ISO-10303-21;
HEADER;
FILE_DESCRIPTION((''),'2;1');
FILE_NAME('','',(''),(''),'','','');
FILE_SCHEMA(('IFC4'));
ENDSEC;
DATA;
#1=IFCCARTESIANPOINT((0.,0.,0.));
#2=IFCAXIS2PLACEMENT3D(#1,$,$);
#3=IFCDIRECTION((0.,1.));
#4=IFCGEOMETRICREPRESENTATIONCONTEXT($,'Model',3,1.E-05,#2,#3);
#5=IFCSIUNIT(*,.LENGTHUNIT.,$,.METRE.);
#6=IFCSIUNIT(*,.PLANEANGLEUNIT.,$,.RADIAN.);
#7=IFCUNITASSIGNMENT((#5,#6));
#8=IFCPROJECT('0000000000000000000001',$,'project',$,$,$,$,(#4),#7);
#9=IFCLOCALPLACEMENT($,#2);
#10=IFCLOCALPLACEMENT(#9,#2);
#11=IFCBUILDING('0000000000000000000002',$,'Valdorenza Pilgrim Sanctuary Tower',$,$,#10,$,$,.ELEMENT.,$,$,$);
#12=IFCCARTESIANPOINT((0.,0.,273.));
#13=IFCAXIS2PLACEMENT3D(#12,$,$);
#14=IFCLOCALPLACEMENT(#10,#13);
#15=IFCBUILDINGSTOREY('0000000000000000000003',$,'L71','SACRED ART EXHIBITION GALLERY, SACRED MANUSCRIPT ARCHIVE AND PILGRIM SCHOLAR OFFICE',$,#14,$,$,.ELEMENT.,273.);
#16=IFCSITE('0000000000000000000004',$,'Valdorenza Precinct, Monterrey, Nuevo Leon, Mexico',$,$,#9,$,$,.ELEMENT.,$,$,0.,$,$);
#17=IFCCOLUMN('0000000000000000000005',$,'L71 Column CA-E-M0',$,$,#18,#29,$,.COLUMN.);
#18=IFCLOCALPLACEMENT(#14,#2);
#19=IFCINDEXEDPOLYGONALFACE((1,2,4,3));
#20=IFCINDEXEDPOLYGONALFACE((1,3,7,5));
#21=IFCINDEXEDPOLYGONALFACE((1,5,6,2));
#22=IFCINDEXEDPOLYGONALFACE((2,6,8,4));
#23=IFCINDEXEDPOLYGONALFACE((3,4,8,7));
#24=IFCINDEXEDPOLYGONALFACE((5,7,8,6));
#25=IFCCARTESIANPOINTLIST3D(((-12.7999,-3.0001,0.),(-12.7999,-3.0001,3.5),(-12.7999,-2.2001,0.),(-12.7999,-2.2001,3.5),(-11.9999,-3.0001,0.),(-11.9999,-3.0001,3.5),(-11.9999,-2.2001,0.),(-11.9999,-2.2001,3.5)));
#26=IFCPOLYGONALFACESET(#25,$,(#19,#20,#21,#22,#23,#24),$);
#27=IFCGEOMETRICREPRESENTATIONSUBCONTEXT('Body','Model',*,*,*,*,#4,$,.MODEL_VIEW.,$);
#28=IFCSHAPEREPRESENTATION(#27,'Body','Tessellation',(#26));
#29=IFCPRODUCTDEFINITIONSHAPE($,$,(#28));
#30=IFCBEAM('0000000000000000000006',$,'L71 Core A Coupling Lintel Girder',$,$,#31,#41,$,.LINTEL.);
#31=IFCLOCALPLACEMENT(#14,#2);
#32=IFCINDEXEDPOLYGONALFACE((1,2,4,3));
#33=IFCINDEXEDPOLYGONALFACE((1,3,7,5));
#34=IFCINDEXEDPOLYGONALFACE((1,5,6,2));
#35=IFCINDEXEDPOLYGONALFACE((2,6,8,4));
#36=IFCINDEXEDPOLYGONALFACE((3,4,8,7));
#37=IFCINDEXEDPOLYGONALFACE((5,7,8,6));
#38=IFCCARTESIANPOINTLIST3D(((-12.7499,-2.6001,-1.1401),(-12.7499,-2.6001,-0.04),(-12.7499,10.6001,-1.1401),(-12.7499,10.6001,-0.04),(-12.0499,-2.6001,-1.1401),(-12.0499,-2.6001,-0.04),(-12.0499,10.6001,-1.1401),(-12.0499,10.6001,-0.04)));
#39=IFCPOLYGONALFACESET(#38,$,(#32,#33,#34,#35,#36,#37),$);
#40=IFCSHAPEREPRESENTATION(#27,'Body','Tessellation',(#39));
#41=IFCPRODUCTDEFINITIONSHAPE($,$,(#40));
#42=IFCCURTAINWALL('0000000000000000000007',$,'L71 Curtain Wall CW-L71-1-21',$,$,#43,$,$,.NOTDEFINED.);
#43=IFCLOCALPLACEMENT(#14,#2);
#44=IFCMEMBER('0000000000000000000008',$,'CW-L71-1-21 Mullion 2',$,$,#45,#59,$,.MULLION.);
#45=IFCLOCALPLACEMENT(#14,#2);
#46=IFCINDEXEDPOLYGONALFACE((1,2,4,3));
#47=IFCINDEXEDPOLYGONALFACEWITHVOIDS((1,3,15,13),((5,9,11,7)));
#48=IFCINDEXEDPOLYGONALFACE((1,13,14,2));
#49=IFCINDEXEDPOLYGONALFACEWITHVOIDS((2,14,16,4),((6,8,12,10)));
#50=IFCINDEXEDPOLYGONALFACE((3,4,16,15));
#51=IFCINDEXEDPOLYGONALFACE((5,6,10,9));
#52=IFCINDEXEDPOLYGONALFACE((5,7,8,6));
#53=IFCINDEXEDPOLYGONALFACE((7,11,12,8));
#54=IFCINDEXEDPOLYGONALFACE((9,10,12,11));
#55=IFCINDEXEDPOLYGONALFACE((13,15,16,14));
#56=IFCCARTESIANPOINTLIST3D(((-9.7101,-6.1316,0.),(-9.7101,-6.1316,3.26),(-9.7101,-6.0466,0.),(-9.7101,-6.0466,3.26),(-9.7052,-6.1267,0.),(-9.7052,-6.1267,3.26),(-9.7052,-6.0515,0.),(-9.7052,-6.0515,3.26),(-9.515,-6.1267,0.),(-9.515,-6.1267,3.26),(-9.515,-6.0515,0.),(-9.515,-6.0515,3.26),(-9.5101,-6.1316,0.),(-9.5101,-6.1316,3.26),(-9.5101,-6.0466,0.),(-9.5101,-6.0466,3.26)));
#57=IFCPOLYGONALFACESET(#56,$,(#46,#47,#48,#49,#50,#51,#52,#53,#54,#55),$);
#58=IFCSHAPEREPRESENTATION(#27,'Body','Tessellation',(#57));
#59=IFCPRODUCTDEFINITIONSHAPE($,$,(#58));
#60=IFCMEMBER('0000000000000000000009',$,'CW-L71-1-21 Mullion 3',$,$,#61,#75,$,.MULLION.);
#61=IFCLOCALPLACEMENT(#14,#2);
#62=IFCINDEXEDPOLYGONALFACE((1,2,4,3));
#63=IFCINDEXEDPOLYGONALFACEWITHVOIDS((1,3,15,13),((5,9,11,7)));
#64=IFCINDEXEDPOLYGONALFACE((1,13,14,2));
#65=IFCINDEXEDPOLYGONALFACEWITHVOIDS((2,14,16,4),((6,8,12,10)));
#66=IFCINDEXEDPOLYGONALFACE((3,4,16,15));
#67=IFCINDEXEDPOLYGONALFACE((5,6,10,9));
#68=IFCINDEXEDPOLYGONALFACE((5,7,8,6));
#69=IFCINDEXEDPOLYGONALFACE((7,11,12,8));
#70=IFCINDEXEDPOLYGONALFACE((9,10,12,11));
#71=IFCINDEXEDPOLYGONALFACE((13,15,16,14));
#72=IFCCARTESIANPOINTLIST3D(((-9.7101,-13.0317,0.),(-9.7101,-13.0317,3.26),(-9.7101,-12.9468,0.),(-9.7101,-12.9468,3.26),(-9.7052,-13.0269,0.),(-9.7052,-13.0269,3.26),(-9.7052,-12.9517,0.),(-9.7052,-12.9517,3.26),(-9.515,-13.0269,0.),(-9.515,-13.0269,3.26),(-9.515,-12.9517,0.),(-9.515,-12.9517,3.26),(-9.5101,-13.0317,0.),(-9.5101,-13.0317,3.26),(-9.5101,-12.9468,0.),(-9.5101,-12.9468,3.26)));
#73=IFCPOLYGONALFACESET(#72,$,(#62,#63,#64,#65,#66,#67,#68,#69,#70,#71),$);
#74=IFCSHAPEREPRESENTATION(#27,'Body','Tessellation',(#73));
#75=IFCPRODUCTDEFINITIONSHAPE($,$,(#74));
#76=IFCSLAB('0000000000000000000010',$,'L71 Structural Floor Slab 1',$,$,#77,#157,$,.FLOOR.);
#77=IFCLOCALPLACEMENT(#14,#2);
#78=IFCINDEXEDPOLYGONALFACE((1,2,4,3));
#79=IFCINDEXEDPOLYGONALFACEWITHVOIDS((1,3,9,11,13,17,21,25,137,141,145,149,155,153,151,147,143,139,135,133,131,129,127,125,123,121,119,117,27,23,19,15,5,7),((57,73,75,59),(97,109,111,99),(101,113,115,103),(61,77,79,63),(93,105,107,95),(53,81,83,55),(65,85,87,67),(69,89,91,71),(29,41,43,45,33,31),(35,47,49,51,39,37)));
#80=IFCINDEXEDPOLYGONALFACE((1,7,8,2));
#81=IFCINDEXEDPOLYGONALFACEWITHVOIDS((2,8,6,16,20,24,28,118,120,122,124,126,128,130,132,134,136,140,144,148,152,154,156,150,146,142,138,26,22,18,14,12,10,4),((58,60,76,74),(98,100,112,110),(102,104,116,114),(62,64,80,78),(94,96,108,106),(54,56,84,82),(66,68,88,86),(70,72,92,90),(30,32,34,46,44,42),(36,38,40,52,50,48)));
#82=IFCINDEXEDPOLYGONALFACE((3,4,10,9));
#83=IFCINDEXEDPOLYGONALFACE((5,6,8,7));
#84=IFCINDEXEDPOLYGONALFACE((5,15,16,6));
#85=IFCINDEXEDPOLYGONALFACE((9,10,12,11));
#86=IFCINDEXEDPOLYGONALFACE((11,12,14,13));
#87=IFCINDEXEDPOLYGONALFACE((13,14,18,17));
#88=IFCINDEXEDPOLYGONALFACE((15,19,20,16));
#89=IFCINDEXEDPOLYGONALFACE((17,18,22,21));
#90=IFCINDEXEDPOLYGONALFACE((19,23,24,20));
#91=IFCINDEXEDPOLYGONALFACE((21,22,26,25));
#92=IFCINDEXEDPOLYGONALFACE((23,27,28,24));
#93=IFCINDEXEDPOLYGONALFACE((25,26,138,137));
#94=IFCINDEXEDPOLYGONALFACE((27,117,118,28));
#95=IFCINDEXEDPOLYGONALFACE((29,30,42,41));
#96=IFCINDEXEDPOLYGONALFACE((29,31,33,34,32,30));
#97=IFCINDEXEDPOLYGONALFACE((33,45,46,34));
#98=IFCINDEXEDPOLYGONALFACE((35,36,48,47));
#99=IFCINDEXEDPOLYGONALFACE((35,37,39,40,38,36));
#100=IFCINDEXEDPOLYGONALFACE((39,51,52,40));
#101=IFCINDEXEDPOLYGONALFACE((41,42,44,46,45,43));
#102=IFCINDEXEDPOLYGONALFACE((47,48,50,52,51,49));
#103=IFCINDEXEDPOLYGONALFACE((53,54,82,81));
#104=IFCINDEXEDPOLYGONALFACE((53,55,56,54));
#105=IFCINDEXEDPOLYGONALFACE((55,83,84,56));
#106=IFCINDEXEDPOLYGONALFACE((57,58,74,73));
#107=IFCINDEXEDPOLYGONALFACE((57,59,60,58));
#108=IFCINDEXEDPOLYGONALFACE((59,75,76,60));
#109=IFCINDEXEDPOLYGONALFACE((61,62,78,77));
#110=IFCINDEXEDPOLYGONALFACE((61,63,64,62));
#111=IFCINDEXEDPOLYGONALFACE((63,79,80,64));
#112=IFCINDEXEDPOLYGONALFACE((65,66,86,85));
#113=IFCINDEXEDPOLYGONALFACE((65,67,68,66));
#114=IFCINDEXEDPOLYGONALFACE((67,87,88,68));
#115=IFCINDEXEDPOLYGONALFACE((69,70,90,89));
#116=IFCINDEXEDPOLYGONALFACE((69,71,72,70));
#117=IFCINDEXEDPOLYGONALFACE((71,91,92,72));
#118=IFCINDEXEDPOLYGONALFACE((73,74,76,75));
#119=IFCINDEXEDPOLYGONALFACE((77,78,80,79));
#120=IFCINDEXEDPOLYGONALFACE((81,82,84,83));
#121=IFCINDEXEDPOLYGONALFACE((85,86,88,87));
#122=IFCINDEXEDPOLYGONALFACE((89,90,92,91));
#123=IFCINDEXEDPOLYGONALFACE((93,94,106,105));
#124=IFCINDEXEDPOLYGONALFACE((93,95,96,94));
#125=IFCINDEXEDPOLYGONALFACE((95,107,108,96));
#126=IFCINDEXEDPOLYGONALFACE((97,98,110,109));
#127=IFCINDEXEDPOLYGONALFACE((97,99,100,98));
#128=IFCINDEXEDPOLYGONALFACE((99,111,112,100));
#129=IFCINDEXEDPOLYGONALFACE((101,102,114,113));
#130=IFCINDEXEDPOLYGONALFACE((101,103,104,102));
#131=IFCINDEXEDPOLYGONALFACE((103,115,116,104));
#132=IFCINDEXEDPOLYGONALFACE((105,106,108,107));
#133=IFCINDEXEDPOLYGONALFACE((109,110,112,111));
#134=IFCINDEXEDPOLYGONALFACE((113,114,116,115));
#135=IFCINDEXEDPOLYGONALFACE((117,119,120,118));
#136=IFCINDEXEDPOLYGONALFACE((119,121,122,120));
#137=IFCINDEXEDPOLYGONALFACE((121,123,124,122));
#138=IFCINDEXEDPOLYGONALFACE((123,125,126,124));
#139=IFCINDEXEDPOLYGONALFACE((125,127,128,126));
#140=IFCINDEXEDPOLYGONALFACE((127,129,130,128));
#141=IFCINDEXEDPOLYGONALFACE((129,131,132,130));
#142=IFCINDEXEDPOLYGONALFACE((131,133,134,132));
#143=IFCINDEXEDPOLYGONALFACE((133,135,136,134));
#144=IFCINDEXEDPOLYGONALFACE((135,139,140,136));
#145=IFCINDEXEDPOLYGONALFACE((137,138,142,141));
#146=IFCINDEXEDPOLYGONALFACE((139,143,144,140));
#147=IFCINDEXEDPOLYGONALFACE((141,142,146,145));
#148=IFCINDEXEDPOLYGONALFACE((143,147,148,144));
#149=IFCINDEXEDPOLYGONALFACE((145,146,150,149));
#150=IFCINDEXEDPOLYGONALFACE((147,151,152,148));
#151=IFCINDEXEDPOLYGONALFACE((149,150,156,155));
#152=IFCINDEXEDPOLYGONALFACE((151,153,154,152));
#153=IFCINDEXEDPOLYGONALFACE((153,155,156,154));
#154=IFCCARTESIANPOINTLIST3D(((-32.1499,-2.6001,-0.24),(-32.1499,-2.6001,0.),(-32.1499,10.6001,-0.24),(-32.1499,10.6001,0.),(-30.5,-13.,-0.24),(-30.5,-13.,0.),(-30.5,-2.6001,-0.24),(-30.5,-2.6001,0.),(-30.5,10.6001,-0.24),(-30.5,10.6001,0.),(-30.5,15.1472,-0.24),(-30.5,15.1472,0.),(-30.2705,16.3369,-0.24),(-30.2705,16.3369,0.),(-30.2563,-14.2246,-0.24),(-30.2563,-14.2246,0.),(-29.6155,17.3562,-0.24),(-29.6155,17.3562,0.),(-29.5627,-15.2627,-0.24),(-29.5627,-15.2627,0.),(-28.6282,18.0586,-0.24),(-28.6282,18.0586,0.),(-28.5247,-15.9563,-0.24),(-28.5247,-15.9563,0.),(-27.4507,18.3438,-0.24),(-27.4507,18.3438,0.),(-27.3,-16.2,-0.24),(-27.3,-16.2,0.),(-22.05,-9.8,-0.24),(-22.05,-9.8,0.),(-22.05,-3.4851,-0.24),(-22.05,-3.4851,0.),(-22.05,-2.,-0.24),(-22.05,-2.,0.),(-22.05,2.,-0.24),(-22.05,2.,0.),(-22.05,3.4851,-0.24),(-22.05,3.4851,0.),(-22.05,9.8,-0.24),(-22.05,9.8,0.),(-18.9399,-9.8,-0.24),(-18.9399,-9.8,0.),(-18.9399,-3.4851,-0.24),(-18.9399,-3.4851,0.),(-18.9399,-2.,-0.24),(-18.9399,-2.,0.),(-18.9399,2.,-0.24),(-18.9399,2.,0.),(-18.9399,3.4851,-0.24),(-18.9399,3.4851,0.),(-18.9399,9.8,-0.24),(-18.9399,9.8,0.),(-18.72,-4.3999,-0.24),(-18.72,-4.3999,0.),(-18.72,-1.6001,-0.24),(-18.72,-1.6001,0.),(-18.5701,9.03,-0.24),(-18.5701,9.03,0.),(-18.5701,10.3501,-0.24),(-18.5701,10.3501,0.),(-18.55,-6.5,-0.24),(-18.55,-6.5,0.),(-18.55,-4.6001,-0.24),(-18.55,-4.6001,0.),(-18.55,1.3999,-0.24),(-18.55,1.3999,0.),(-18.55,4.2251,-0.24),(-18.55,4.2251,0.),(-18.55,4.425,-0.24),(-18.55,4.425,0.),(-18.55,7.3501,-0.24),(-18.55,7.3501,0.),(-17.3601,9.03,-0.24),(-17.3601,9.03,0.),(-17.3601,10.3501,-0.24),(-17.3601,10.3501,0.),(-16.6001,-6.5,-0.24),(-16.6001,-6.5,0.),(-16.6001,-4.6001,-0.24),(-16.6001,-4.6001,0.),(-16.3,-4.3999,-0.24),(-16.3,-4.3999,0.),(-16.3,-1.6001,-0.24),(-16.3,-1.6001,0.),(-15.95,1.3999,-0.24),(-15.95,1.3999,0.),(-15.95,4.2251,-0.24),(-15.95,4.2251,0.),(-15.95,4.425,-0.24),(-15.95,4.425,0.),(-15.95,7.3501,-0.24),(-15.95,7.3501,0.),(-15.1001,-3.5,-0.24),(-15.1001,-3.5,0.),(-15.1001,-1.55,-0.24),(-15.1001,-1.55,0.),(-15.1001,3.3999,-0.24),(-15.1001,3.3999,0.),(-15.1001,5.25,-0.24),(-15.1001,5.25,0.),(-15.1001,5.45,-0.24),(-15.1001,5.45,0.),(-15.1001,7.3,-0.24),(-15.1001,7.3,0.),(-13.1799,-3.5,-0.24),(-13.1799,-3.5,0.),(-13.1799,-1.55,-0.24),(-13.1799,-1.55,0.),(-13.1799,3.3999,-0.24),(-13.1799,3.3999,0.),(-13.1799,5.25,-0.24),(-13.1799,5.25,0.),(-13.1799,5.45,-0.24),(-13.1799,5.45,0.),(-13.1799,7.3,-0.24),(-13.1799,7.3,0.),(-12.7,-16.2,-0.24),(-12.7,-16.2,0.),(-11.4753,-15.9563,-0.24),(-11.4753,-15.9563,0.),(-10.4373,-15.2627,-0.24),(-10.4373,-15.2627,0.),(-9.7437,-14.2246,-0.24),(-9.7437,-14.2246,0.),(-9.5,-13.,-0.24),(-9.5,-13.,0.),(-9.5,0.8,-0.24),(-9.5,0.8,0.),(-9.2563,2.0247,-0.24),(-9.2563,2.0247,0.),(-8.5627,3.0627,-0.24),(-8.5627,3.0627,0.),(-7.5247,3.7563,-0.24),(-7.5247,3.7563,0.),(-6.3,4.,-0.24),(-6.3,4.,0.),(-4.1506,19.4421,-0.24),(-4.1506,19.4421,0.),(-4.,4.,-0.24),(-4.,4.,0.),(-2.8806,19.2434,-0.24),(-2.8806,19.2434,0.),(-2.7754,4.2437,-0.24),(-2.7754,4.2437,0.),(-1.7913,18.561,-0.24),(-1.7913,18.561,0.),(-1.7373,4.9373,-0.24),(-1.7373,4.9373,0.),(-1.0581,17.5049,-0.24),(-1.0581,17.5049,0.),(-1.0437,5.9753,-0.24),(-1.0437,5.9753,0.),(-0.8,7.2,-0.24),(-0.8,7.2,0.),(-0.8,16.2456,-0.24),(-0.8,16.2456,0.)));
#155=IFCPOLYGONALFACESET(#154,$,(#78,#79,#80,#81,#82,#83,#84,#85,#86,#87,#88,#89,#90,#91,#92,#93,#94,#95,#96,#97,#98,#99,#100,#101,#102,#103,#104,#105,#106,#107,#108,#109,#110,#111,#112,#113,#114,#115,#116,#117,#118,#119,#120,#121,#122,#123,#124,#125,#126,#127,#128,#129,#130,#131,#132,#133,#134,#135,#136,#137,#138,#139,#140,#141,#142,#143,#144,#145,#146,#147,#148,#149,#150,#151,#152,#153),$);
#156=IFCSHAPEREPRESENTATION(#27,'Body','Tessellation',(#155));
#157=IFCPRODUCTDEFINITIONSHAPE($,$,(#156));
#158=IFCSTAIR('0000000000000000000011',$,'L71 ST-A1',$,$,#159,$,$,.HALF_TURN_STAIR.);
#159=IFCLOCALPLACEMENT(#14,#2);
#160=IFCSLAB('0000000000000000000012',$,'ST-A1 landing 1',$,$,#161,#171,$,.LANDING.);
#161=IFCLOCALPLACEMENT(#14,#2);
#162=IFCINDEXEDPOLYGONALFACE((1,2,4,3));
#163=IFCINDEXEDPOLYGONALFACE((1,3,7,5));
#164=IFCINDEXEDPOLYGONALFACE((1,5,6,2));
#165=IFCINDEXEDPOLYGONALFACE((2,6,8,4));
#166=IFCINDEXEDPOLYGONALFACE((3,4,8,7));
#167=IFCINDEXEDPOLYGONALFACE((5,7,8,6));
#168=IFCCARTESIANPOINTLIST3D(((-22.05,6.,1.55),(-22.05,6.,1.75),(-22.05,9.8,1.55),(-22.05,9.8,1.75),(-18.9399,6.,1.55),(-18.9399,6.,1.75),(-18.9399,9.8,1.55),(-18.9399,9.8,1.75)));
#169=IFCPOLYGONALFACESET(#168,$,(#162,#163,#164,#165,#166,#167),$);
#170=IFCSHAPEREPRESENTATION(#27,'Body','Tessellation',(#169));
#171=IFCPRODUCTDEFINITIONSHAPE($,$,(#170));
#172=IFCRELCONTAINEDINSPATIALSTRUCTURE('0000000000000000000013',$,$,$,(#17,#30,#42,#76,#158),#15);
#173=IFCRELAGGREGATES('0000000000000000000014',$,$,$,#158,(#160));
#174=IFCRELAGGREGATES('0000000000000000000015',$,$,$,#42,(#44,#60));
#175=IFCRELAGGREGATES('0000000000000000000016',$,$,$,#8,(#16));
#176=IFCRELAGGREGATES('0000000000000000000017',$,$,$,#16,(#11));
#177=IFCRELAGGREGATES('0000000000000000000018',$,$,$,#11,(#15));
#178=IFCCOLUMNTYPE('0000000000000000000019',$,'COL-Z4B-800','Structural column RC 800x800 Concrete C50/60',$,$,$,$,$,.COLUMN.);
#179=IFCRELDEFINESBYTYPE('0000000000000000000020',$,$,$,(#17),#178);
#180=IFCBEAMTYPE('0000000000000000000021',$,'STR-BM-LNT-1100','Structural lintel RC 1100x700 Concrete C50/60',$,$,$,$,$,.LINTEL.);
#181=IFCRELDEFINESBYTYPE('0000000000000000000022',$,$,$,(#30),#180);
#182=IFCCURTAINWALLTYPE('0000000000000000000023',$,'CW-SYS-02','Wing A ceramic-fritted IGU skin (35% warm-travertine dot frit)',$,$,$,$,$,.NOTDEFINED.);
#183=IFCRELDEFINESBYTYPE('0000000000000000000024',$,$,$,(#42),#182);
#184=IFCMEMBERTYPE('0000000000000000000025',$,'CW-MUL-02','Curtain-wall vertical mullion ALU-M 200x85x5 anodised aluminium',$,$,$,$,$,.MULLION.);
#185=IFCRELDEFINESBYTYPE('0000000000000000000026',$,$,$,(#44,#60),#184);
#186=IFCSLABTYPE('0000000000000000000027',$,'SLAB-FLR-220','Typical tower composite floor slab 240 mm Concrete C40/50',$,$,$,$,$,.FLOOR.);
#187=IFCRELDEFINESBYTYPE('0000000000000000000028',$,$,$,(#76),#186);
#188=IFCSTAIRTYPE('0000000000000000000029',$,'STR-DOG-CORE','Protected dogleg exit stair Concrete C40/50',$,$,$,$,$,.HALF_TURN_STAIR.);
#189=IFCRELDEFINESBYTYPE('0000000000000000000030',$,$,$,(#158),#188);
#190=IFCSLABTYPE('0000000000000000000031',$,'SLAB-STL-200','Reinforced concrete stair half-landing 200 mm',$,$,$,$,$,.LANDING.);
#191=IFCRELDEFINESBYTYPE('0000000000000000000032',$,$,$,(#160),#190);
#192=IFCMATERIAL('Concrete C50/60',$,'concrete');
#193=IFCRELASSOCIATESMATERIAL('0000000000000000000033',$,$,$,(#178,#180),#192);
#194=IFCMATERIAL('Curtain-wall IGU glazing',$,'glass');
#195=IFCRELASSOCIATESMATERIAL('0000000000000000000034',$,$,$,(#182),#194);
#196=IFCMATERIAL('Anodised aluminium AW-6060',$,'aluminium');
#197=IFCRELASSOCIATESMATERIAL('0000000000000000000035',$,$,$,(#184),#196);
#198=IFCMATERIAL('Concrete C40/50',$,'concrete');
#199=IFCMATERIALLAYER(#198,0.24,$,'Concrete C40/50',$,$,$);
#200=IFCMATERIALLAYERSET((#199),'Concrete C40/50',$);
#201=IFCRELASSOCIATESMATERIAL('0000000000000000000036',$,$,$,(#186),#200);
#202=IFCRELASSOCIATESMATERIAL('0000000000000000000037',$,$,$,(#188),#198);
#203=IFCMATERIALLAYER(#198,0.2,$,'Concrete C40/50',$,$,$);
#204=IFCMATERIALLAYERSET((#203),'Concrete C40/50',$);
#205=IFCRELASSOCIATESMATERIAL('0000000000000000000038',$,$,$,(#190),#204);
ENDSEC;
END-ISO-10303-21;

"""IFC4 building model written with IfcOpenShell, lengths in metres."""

from ifc_helpers import new_model, si_unit, direction, frame, origin, origin_2d, place, context, subcontext, project, spatial, polyline, rectangle, hollow_rectangle, outline, extrude, source, transform, mapped, material, layer, layer_set, material_profile, profile_set, type_object, element, aggregate, save


model = new_model("IFC4")

# Units and contexts
model_context = context("Model", 3, precision=1e-05, world=origin(), true_north=direction((0.0, 1.0)))
body_context = subcontext(model_context, "Body", "Model", "MODEL_VIEW")
ifc_project = project(units=[si_unit("LENGTHUNIT", "METRE"), si_unit("PLANEANGLEUNIT", "RADIAN")], contexts=[model_context])

# Site, building, storey
site_placement = place(None, origin())
site = spatial("IfcSite", under=ifc_project, at=site_placement, Name="Valdorenza Precinct, Monterrey, Nuevo Leon, Mexico", CompositionType="ELEMENT", RefElevation=0.0)
building_placement = place(site_placement, origin())
building = spatial("IfcBuilding", under=site, at=building_placement, Name="Valdorenza Pilgrim Sanctuary Tower", CompositionType="ELEMENT")
storey_placement = place(building_placement, frame((0.0, 0.0, 273.0)))
storey = spatial("IfcBuildingStorey", under=building, at=storey_placement, Name="L71", Description="SACRED ART EXHIBITION GALLERY, SACRED MANUSCRIPT ARCHIVE AND PILGRIM SCHOLAR OFFICE", CompositionType="ELEMENT", Elevation=273.0)

# Column
ifc_material_1 = material(Name="Concrete C50/60", Category="concrete")
ifc_material_profile_1 = material_profile(ifc_material_1, rectangle(XDim=0.8, YDim=0.8, at=origin_2d()), Name="RC 800x800")
ifc_profile_set_1 = profile_set([ifc_material_profile_1], Name="Concrete C50/60")
column_type = type_object("IfcColumnType", Name="COL-Z4B-800", Description="Structural column RC 800x800 Concrete C50/60", PredefinedType="COLUMN", material=ifc_profile_set_1)
shared_shape_1 = source(origin(), body_context, "Body", "SweptSolid", [
    extrude(rectangle(XDim=0.8, YDim=0.8, at=origin_2d()), origin(), (0.0, 0.0, 1.0), 3.5),
])
column_placement = place(storey_placement, frame((-12.3999, -2.6001, 0.0), z_axis=(0.0, 0.0, 1.0), x_axis=(1.0, 0.0, 0.0)))
element("IfcColumn", 1, at=column_placement, inside=storey, type_object=column_type, Name="L71 Column CA-E-M0", PredefinedType="COLUMN", context=body_context, shape_type="MappedRepresentation", body=[
    mapped(shared_shape_1, transform((0.0, 0.0, 0.0), x_axis=(1.0, 0.0, 0.0), y_axis=(0.0, 1.0, 0.0), z_axis=(0.0, 0.0, 1.0), scale=1.0)),
])

# Beam
ifc_material_profile_2 = material_profile(ifc_material_1, rectangle(XDim=0.7, YDim=1.1001, at=origin_2d()), Name="RC 1100x700")
ifc_profile_set_2 = profile_set([ifc_material_profile_2], Name="Concrete C50/60")
beam_type = type_object("IfcBeamType", Name="STR-BM-LNT-1100", Description="Structural lintel RC 1100x700 Concrete C50/60", PredefinedType="LINTEL", material=ifc_profile_set_2)
shared_shape_2 = source(origin(), body_context, "Body", "SweptSolid", [
    extrude(rectangle(XDim=0.7, YDim=1.1001, at=origin_2d()), origin(), (0.0, 0.0, 1.0), 13.2002),
])
beam_placement = place(storey_placement, frame((-12.3999, -2.6001, -0.5901), z_axis=(0.0, 1.0, 0.0), x_axis=(-1.0, 0.0, 0.0)))
element("IfcBeam", 2, at=beam_placement, inside=storey, type_object=beam_type, Name="L71 Core A Coupling Lintel Girder", PredefinedType="LINTEL", context=body_context, shape_type="MappedRepresentation", body=[
    mapped(shared_shape_2, transform((0.0, 0.0, 0.0), x_axis=(1.0, 0.0, 0.0), y_axis=(0.0, 1.0, 0.0), z_axis=(0.0, 0.0, 1.0), scale=1.0)),
])

# Curtain wall, members
ifc_material_2 = material(Name="Curtain-wall IGU glazing", Category="glass")
curtain_wall_type = type_object("IfcCurtainWallType", Name="CW-SYS-02", Description="Wing A ceramic-fritted IGU skin (35% warm-travertine dot frit)", PredefinedType="NOTDEFINED", material=ifc_material_2)
curtain_wall_placement = place(storey_placement, origin())
curtain_wall = element("IfcCurtainWall", 3, at=curtain_wall_placement, inside=storey, type_object=curtain_wall_type, Name="L71 Curtain Wall CW-L71-1-21", PredefinedType="NOTDEFINED")
ifc_material_3 = material(Name="Anodised aluminium AW-6060", Category="aluminium")
ifc_material_profile_3 = material_profile(ifc_material_3, hollow_rectangle(XDim=0.085, YDim=0.2, WallThickness=0.0049, at=origin_2d()), Name="ALU-M 200x85x5")
ifc_profile_set_3 = profile_set([ifc_material_profile_3], Name="Anodised aluminium AW-6060")
member_type = type_object("IfcMemberType", Name="CW-MUL-02", Description="Curtain-wall vertical mullion ALU-M 200x85x5 anodised aluminium", PredefinedType="MULLION", material=ifc_profile_set_3)
shared_shape_3 = source(origin(), body_context, "Body", "SweptSolid", [
    extrude(hollow_rectangle(XDim=0.085, YDim=0.2, WallThickness=0.0049, at=origin_2d()), origin(), (0.0, 0.0, 1.0), 3.26),
])
member_1_placement = place(storey_placement, frame((-9.6101, -6.0891, 0.0), z_axis=(0.0, 0.0, 1.0), x_axis=(0.0, -1.0, 0.0)))
member_1 = element("IfcMember", 4, at=member_1_placement, type_object=member_type, Name="CW-L71-1-21 Mullion 2", PredefinedType="MULLION", context=body_context, shape_type="MappedRepresentation", body=[
    mapped(shared_shape_3, transform((0.0, 0.0, 0.0), x_axis=(1.0, 0.0, 0.0), y_axis=(0.0, 1.0, 0.0), z_axis=(0.0, 0.0, 1.0), scale=1.0)),
])
member_2_placement = place(storey_placement, frame((-9.6101, -12.9893, 0.0), z_axis=(0.0, 0.0, 1.0), x_axis=(0.0, -1.0, 0.0)))
member_2 = element("IfcMember", 5, at=member_2_placement, type_object=member_type, Name="CW-L71-1-21 Mullion 3", PredefinedType="MULLION", context=body_context, shape_type="MappedRepresentation", body=[
    mapped(shared_shape_3, transform((0.0, 0.0, 0.0), x_axis=(1.0, 0.0, 0.0), y_axis=(0.0, 1.0, 0.0), z_axis=(0.0, 0.0, 1.0), scale=1.0)),
])

# Slab
ifc_material_4 = material(Name="Concrete C40/50", Category="concrete")
ifc_layer_1 = layer(ifc_material_4, 0.24, Name="Concrete C40/50")
ifc_layer_set_1 = layer_set([ifc_layer_1], Name="Concrete C40/50")
slab_type_1 = type_object("IfcSlabType", Name="SLAB-FLR-220", Description="Typical tower composite floor slab 240 mm Concrete C40/50", PredefinedType="FLOOR", material=ifc_layer_set_1)
slab_1_placement = place(storey_placement, frame((0.0, 0.0, -0.24)))
element("IfcSlab", 6, at=slab_1_placement, inside=storey, type_object=slab_type_1, Name="L71 Structural Floor Slab 1", PredefinedType="FLOOR", context=body_context, shape_type="SweptSolid", body=[
    extrude(outline(polyline([(-30.2705, 16.3369), (-29.6155, 17.3562), (-28.6282, 18.0586), (-27.4507, 18.3438), (-4.1506, 19.4421), (-2.8806, 19.2434), (-1.7913, 18.561), (-1.0581, 17.5049), (-0.8, 16.2456), (-0.8, 7.2), (-1.0437, 5.9753), (-1.7373, 4.9373), (-2.7754, 4.2437), (-4.0, 4.0), (-6.3, 4.0), (-7.5247, 3.7563), (-8.5627, 3.0627), (-9.2563, 2.0247), (-9.5, 0.8), (-9.5, -13.0), (-9.7437, -14.2246), (-10.4373, -15.2627), (-11.4753, -15.9563), (-12.7, -16.2), (-27.3, -16.2), (-28.5247, -15.9563), (-29.5627, -15.2627), (-30.2563, -14.2246), (-30.5, -13.0), (-30.5, -2.6001), (-32.1499, -2.6001), (-32.1499, 10.6001), (-30.5, 10.6001), (-30.5, 15.1472), (-30.2705, 16.3369)]), holes=[polyline([(-22.05, -9.8), (-18.9399, -9.8), (-18.9399, -3.4851), (-18.9399, -2.0), (-22.05, -2.0), (-22.05, -3.4851), (-22.05, -9.8)]), polyline([(-16.6001, -6.5), (-16.6001, -4.6001), (-18.55, -4.6001), (-18.55, -6.5), (-16.6001, -6.5)]), polyline([(-22.05, 2.0), (-18.9399, 2.0), (-18.9399, 3.4851), (-18.9399, 9.8), (-22.05, 9.8), (-22.05, 3.4851), (-22.05, 2.0)]), polyline([(-17.3601, 9.03), (-17.3601, 10.3501), (-18.5701, 10.3501), (-18.5701, 9.03), (-17.3601, 9.03)]), polyline([(-16.3, -1.6001), (-18.72, -1.6001), (-18.72, -4.3999), (-16.3, -4.3999), (-16.3, -1.6001)]), polyline([(-13.1799, -3.5), (-13.1799, -1.55), (-15.1001, -1.55), (-15.1001, -3.5), (-13.1799, -3.5)]), polyline([(-15.95, 1.3999), (-15.95, 4.2251), (-18.55, 4.2251), (-18.55, 1.3999), (-15.95, 1.3999)]), polyline([(-13.1799, 5.25), (-15.1001, 5.25), (-15.1001, 3.3999), (-13.1799, 3.3999), (-13.1799, 5.25)]), polyline([(-15.95, 4.425), (-15.95, 7.3501), (-18.55, 7.3501), (-18.55, 4.425), (-15.95, 4.425)]), polyline([(-13.1799, 5.45), (-13.1799, 7.3), (-15.1001, 7.3), (-15.1001, 5.45), (-13.1799, 5.45)])]), origin(), (0.0, 0.0, 1.0), 0.24),
])

# Stair, slab
stair_type = type_object("IfcStairType", Name="STR-DOG-CORE", Description="Protected dogleg exit stair Concrete C40/50", PredefinedType="HALF_TURN_STAIR", material=ifc_material_4)
stair_1_placement = place(storey_placement, origin())
stair_1 = element("IfcStair", 7, at=stair_1_placement, inside=storey, type_object=stair_type, Name="L71 ST-A1", PredefinedType="HALF_TURN_STAIR")
ifc_layer_2 = layer(ifc_material_4, 0.2, Name="Concrete C40/50")
ifc_layer_set_2 = layer_set([ifc_layer_2], Name="Concrete C40/50")
slab_type_2 = type_object("IfcSlabType", Name="SLAB-STL-200", Description="Reinforced concrete stair half-landing 200 mm", PredefinedType="LANDING", material=ifc_layer_set_2)
slab_2_placement = place(storey_placement, frame((0.0, 0.0, 1.55)))
slab_2 = element("IfcSlab", 8, at=slab_2_placement, type_object=slab_type_2, Name="ST-A1 landing 1", PredefinedType="LANDING", context=body_context, shape_type="SweptSolid", body=[
    extrude(outline(polyline([(-18.9399, 6.0), (-18.9399, 9.8), (-22.05, 9.8), (-22.05, 6.0), (-18.9399, 6.0)])), origin(), (0.0, 0.0, 1.0), 0.2),
])
aggregate(stair_1, [slab_2])

aggregate(curtain_wall, [member_1, member_2])

save(model, "model.ifc")
